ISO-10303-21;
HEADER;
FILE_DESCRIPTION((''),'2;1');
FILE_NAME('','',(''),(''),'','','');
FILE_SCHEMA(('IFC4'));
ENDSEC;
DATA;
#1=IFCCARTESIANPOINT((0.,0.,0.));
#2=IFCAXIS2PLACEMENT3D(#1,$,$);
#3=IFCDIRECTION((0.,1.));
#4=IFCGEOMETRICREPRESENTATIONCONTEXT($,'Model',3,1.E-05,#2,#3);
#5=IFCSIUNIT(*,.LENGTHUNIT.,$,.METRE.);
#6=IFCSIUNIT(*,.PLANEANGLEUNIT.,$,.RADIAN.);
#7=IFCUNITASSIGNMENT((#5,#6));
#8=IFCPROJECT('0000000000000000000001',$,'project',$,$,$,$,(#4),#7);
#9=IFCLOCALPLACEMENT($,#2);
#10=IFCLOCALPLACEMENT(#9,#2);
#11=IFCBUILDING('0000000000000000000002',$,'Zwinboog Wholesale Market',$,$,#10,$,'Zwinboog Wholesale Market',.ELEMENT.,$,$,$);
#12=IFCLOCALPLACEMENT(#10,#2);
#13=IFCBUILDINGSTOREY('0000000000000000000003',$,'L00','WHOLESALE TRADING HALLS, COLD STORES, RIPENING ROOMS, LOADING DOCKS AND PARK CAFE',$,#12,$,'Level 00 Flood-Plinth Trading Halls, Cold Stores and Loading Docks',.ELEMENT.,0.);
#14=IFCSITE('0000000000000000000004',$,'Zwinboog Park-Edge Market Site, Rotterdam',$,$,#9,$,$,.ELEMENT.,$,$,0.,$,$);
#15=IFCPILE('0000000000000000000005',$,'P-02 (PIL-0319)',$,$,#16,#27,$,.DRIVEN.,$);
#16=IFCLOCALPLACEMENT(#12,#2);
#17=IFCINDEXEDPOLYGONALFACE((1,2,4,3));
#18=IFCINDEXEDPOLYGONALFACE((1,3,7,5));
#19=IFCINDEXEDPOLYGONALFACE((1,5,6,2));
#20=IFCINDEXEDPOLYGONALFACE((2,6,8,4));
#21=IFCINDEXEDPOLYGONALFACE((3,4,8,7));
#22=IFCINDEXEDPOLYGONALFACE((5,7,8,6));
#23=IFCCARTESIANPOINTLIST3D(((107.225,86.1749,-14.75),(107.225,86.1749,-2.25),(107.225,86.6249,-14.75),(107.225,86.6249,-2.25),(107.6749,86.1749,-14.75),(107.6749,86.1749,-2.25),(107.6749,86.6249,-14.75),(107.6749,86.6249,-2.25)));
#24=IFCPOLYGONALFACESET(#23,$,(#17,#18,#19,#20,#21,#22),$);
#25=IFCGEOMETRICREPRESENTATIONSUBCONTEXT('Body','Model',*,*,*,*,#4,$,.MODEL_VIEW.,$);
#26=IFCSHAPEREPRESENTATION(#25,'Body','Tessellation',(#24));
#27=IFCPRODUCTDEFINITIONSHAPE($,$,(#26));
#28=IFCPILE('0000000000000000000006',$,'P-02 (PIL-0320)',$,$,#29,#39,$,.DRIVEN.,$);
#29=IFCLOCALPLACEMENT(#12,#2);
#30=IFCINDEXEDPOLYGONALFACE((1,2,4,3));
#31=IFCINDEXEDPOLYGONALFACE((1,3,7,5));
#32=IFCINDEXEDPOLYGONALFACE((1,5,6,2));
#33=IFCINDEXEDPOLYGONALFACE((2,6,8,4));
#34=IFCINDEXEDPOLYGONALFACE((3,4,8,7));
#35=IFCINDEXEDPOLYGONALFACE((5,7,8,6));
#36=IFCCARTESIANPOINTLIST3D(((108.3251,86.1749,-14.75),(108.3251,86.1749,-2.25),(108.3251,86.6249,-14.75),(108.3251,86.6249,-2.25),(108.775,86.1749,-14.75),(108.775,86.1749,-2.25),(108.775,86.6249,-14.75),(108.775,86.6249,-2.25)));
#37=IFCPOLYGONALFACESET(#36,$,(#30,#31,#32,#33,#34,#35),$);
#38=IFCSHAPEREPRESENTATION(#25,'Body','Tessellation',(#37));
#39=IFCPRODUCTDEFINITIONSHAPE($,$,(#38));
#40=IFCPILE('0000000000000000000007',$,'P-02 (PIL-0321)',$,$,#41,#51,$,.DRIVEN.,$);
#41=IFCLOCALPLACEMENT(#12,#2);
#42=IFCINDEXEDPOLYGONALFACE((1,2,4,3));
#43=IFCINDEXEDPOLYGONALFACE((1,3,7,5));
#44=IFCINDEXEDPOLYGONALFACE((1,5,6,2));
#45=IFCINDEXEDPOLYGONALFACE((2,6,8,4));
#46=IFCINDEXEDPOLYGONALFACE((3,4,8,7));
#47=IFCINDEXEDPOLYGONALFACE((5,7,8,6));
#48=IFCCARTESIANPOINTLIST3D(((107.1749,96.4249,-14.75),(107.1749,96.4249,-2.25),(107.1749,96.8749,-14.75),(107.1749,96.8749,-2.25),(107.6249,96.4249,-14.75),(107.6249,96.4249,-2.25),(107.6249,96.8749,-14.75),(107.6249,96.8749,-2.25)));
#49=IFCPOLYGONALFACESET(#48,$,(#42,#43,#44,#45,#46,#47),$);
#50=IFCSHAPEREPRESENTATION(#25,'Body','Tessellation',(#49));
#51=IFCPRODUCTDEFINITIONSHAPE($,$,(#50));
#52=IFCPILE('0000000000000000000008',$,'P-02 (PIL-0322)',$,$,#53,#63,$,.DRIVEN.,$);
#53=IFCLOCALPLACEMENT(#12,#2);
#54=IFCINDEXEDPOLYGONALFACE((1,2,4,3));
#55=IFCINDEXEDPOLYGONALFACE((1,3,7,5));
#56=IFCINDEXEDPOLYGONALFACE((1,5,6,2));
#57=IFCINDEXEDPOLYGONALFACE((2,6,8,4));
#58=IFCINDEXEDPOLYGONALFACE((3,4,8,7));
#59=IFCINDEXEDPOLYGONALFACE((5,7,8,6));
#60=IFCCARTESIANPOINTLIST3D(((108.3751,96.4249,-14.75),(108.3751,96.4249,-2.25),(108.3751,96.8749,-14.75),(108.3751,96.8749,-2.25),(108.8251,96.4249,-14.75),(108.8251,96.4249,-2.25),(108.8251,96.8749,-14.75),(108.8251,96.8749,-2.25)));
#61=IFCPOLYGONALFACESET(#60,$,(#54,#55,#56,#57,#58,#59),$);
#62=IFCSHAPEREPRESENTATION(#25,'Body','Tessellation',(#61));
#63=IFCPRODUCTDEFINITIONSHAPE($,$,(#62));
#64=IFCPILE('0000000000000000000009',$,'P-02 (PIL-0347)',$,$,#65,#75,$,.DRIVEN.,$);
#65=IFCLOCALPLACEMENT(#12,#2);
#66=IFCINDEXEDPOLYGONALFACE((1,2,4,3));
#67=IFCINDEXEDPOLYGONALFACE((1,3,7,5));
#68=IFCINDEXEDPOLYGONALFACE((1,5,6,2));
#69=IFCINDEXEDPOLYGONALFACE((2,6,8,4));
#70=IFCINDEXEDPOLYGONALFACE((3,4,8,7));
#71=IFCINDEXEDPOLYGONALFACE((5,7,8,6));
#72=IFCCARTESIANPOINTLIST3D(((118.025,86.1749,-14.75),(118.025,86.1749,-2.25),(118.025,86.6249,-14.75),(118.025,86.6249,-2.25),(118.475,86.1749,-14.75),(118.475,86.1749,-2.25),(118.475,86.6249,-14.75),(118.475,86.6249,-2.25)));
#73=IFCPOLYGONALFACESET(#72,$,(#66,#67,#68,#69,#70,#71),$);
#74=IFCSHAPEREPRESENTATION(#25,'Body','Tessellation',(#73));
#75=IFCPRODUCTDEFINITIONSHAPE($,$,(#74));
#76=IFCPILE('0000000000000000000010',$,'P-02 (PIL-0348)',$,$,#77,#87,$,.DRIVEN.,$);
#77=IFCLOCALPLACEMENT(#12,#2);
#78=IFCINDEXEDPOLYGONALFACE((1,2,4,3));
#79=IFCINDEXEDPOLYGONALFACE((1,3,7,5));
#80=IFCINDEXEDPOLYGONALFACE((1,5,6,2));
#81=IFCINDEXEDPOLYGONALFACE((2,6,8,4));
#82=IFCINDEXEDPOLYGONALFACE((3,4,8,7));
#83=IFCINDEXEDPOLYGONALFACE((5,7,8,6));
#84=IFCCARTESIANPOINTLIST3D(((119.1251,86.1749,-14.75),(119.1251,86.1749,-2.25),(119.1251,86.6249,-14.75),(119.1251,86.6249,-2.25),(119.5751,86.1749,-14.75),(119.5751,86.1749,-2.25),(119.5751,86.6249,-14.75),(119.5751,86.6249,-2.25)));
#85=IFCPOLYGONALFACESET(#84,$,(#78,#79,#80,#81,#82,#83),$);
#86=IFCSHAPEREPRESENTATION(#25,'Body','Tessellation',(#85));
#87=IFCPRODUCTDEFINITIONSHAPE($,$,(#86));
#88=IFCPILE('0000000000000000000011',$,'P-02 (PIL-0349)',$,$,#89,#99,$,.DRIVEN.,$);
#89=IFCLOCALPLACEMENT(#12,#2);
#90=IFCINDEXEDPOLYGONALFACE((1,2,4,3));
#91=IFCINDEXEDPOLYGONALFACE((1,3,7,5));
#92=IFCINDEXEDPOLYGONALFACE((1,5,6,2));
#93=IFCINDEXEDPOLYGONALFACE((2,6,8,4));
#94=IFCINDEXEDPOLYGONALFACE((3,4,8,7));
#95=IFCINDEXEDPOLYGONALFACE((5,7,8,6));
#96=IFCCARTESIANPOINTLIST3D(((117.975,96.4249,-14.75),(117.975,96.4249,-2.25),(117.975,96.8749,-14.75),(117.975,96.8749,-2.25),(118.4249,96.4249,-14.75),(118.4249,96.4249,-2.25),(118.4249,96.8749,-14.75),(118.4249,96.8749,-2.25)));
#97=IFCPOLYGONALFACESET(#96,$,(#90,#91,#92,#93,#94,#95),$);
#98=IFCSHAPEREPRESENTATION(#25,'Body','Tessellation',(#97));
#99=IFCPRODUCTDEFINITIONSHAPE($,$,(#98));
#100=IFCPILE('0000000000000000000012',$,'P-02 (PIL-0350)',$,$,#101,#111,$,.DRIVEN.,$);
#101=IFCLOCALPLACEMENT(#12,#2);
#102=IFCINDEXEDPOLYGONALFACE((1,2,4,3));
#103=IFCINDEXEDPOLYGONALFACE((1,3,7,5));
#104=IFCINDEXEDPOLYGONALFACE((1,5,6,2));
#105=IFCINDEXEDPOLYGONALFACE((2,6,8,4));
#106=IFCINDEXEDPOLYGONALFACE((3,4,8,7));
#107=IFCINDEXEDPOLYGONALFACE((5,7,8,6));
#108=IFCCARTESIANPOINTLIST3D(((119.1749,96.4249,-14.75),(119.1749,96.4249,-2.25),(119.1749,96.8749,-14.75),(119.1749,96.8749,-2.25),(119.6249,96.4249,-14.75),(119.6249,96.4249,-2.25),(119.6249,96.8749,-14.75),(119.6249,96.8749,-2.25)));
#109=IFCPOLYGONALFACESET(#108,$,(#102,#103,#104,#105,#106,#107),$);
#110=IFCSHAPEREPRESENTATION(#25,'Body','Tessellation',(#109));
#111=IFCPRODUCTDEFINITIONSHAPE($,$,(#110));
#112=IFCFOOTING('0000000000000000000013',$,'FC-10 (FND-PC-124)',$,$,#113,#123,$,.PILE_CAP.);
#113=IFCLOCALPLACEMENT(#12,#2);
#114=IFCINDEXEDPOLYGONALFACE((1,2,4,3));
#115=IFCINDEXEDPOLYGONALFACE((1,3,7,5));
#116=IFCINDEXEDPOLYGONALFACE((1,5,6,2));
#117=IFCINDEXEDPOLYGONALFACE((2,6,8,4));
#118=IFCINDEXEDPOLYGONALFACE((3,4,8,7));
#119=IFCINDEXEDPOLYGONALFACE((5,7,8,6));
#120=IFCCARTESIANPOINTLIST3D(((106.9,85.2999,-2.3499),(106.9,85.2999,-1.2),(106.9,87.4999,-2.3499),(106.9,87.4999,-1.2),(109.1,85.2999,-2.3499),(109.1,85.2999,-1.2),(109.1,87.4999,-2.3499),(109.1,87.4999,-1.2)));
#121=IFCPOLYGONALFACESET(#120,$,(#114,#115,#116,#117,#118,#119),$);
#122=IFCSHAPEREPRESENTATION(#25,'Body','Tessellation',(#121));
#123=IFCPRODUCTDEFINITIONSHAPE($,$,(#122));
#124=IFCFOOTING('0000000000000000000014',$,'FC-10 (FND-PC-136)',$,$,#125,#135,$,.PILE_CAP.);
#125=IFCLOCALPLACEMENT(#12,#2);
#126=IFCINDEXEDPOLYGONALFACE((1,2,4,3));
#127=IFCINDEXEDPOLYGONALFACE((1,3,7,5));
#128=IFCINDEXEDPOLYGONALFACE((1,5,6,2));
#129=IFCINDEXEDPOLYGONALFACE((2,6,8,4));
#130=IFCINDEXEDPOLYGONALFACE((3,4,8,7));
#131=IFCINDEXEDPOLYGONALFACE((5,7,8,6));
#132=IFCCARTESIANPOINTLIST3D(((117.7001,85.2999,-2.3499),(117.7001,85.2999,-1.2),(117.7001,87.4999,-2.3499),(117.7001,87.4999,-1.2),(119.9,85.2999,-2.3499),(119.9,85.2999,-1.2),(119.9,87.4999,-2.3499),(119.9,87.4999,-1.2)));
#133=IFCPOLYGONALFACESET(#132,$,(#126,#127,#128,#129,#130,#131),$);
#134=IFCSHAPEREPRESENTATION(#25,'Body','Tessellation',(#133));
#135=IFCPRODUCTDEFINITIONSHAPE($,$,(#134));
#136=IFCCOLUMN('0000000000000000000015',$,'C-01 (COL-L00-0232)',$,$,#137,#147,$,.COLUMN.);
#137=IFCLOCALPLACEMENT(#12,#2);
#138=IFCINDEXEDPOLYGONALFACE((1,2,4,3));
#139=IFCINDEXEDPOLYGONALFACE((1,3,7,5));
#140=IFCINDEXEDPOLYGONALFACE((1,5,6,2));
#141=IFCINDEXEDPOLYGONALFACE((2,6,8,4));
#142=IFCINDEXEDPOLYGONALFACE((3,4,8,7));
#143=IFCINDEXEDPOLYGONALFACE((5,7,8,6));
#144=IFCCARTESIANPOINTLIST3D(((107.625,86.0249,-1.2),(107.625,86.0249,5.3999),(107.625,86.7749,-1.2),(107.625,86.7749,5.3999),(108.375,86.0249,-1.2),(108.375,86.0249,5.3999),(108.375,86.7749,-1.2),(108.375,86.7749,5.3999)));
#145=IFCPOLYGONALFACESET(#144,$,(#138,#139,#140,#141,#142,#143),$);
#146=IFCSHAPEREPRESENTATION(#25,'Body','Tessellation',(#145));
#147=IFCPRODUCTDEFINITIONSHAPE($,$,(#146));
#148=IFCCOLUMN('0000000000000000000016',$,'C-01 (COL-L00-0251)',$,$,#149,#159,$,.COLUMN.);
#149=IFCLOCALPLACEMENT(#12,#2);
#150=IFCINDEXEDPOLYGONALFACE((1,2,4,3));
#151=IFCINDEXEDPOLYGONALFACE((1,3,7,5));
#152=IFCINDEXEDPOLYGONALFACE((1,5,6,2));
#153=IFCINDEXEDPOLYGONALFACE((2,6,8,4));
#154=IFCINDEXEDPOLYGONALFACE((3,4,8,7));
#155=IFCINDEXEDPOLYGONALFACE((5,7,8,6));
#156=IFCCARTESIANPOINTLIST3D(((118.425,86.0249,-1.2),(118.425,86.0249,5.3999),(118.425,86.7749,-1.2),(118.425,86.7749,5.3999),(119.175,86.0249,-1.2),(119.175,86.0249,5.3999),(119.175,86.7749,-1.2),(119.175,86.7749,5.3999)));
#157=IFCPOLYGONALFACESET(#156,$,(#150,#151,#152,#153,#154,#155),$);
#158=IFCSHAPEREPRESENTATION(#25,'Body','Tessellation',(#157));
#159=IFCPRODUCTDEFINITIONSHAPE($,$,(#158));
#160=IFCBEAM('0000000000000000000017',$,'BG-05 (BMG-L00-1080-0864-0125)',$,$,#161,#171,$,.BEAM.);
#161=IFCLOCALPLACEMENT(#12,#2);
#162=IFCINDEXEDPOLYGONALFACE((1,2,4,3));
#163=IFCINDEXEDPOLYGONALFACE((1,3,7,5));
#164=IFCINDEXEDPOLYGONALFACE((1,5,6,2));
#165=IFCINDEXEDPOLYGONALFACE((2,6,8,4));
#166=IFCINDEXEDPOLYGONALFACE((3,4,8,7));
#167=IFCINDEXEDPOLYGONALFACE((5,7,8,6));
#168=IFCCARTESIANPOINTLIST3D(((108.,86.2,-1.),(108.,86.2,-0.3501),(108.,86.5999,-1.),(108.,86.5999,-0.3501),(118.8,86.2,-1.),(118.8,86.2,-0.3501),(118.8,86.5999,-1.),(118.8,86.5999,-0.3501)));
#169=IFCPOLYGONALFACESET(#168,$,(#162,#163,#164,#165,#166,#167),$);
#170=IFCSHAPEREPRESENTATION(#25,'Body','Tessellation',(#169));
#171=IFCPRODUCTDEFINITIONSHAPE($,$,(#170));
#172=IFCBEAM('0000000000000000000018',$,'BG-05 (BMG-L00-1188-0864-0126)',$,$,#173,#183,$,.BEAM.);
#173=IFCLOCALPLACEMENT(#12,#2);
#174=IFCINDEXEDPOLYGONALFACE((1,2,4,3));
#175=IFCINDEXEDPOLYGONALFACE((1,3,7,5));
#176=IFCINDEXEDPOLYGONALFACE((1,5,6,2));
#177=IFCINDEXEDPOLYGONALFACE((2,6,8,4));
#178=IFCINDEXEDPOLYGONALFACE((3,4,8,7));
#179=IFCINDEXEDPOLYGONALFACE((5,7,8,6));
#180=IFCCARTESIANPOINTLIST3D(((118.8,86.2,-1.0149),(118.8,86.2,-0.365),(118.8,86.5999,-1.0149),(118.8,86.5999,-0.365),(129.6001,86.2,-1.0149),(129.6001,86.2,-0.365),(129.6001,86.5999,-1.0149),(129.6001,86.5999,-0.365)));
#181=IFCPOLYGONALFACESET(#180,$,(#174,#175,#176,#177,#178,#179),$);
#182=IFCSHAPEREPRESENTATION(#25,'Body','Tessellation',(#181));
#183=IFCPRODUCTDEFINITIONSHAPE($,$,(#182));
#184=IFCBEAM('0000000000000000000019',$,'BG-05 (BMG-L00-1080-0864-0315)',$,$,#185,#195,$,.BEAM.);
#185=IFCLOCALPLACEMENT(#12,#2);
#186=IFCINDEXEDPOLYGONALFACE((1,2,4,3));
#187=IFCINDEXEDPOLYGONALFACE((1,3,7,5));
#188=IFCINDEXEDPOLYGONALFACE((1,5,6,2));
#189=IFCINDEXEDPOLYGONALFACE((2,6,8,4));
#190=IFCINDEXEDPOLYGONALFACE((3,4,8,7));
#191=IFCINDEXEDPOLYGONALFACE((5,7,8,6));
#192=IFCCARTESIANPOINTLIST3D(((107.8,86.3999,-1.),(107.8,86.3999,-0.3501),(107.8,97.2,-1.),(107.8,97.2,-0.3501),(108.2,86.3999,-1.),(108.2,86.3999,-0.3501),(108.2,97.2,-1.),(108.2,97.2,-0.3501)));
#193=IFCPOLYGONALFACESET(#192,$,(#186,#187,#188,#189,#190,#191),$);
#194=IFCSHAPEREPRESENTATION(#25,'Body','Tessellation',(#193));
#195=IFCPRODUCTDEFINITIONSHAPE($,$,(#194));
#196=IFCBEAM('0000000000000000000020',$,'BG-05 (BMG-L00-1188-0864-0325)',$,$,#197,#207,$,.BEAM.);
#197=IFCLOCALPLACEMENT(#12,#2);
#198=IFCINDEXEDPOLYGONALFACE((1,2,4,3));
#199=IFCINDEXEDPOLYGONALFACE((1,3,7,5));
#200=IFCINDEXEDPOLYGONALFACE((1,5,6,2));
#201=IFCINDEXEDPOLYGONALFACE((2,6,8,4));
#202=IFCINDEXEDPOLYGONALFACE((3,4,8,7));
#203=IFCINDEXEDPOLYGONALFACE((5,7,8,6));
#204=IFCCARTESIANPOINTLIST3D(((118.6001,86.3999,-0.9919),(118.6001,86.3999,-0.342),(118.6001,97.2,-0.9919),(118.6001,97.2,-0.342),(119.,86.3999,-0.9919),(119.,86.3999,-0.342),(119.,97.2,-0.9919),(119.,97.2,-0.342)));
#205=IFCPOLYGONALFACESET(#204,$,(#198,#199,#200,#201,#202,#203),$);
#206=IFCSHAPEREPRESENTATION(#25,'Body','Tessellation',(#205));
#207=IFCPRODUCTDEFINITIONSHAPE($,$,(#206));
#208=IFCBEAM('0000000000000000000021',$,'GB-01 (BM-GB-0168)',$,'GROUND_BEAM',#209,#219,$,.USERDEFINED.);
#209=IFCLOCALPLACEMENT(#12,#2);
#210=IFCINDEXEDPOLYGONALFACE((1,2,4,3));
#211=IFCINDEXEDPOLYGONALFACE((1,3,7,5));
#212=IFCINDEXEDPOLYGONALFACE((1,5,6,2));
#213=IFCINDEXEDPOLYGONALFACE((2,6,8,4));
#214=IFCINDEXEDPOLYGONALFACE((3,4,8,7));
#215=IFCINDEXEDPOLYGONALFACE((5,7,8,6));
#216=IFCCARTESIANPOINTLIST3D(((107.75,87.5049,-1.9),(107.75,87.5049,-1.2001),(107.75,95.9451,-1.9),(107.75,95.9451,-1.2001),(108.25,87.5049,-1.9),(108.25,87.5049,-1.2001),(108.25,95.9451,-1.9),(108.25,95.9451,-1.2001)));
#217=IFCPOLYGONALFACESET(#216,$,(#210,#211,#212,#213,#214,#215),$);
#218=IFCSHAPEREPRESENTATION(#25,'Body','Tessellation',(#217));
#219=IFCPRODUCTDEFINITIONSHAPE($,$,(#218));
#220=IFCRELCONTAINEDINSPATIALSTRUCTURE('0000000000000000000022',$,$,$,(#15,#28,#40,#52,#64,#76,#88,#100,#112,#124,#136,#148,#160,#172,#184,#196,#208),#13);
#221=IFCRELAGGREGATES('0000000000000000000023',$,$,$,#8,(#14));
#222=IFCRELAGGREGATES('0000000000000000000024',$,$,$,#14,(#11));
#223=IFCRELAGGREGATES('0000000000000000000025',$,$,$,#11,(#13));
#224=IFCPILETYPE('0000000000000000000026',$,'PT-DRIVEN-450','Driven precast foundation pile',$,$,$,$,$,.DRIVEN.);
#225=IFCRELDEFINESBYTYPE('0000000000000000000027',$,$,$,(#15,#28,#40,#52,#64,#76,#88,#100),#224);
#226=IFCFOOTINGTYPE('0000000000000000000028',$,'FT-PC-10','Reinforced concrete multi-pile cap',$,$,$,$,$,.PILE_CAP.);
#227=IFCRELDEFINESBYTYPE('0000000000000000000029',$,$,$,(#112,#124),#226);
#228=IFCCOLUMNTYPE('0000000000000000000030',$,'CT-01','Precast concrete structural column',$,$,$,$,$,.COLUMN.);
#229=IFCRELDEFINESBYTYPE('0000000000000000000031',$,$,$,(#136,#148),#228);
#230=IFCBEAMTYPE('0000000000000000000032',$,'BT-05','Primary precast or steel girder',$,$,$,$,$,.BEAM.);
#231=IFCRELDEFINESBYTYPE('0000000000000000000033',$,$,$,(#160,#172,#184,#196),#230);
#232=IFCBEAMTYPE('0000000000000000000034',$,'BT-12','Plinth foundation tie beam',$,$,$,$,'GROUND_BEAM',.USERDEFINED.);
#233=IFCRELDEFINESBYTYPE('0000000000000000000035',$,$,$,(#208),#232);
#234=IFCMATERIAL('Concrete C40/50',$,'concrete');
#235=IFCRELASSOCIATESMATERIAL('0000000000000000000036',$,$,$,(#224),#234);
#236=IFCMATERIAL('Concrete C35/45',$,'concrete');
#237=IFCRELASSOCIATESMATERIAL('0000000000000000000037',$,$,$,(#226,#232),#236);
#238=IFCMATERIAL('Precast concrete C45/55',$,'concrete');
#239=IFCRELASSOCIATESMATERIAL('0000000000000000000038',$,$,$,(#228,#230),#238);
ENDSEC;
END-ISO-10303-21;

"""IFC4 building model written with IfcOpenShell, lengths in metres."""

from ifc_helpers import new_model, si_unit, direction, frame, origin, origin_2d, place, context, subcontext, project, spatial, rectangle, extrude, material, material_profile, profile_set, type_object, element, save


model = new_model("IFC4")

# Units and contexts
model_context = context("Model", 3, precision=1e-05, world=origin(), true_north=direction((0.0, 1.0)))
body_context = subcontext(model_context, "Body", "Model", "MODEL_VIEW")
ifc_project = project(units=[si_unit("LENGTHUNIT", "METRE"), si_unit("PLANEANGLEUNIT", "RADIAN")], contexts=[model_context])

# Site, building, storey
site_placement = place(None, origin())
site = spatial("IfcSite", under=ifc_project, at=site_placement, Name="Zwinboog Park-Edge Market Site, Rotterdam", CompositionType="ELEMENT", RefElevation=0.0)
building_placement = place(site_placement, origin())
building = spatial("IfcBuilding", under=site, at=building_placement, Name="Zwinboog Wholesale Market", LongName="Zwinboog Wholesale Market", CompositionType="ELEMENT")
storey_placement = place(building_placement, origin())
storey = spatial("IfcBuildingStorey", under=building, at=storey_placement, Name="L00", Description="WHOLESALE TRADING HALLS, COLD STORES, RIPENING ROOMS, LOADING DOCKS AND PARK CAFE", LongName="Level 00 Flood-Plinth Trading Halls, Cold Stores and Loading Docks", CompositionType="ELEMENT", Elevation=0.0)

# Piles
ifc_material_1 = material(Name="Concrete C40/50", Category="concrete")
ifc_material_profile_1 = material_profile(ifc_material_1, rectangle(XDim=0.45, YDim=0.45, at=origin_2d()), Name="PILE SQ450")
ifc_profile_set_1 = profile_set([ifc_material_profile_1], Name="Concrete C40/50")
pile_type = type_object("IfcPileType", Name="PT-DRIVEN-450", Description="Driven precast foundation pile", PredefinedType="DRIVEN", material=ifc_profile_set_1)
for number, where, z_axis, x_axis, name in (
    (1, (107.45, 86.3999, -2.25), (0.0, 0.0, -1.0), (1.0, 0.0, 0.0), "P-02 (PIL-0319)"),
    (2, (108.55, 86.3999, -2.25), (0.0, 0.0, -1.0), (1.0, 0.0, 0.0), "P-02 (PIL-0320)"),
    (3, (107.3999, 96.6499, -2.25), (0.0, 0.0, -1.0), (1.0, 0.0, 0.0), "P-02 (PIL-0321)"),
    (4, (108.6001, 96.6499, -2.25), (0.0, 0.0, -1.0), (1.0, 0.0, 0.0), "P-02 (PIL-0322)"),
    (5, (118.25, 86.3999, -2.25), (0.0, 0.0, -1.0), (1.0, 0.0, 0.0), "P-02 (PIL-0347)"),
    (6, (119.3501, 86.3999, -2.25), (0.0, 0.0, -1.0), (1.0, 0.0, 0.0), "P-02 (PIL-0348)"),
    (7, (118.2, 96.6499, -2.25), (0.0, 0.0, -1.0), (1.0, 0.0, 0.0), "P-02 (PIL-0349)"),
    (8, (119.3999, 96.6499, -2.25), (0.0, 0.0, -1.0), (1.0, 0.0, 0.0), "P-02 (PIL-0350)"),
):
    element("IfcPile", number, at=place(storey_placement, frame(where, z_axis=z_axis, x_axis=x_axis)), inside=storey, type_object=pile_type, Name=name, PredefinedType="DRIVEN", context=body_context, shape_type="SweptSolid", body=[
        extrude(rectangle(XDim=0.45, YDim=0.45, at=origin_2d()), origin(), (0.0, 0.0, 1.0), 12.5),
    ])

# Footings
ifc_material_2 = material(Name="Concrete C35/45", Category="concrete")
footing_type = type_object("IfcFootingType", Name="FT-PC-10", Description="Reinforced concrete multi-pile cap", PredefinedType="PILE_CAP", material=ifc_material_2)
for number, where, z_axis, x_axis, name in (
    (9, (108.0, 86.3999, -2.3499), (0.0, 0.0, 1.0), (1.0, 0.0, 0.0), "FC-10 (FND-PC-124)"),
    (10, (118.8, 86.3999, -2.3499), (0.0, 0.0, 1.0), (1.0, 0.0, 0.0), "FC-10 (FND-PC-136)"),
):
    element("IfcFooting", number, at=place(storey_placement, frame(where, z_axis=z_axis, x_axis=x_axis)), inside=storey, type_object=footing_type, Name=name, PredefinedType="PILE_CAP", context=body_context, shape_type="SweptSolid", body=[
        extrude(rectangle(XDim=2.2, YDim=2.2, at=origin_2d()), origin(), (0.0, 0.0, 1.0), 1.1499),
    ])

# Columns
ifc_material_3 = material(Name="Precast concrete C45/55", Category="concrete")
ifc_material_profile_2 = material_profile(ifc_material_3, rectangle(XDim=0.75, YDim=0.75, at=origin_2d()), Name="PC 750x750")
ifc_profile_set_2 = profile_set([ifc_material_profile_2], Name="Precast concrete C45/55")
column_type = type_object("IfcColumnType", Name="CT-01", Description="Precast concrete structural column", PredefinedType="COLUMN", material=ifc_profile_set_2)
for number, where, z_axis, x_axis, name in (
    (11, (108.0, 86.3999, -1.2), (0.0, 0.0, 1.0), (1.0, 0.0, 0.0), "C-01 (COL-L00-0232)"),
    (12, (118.8, 86.3999, -1.2), (0.0, 0.0, 1.0), (1.0, 0.0, 0.0), "C-01 (COL-L00-0251)"),
):
    element("IfcColumn", number, at=place(storey_placement, frame(where, z_axis=z_axis, x_axis=x_axis)), inside=storey, type_object=column_type, Name=name, PredefinedType="COLUMN", context=body_context, shape_type="SweptSolid", body=[
        extrude(rectangle(XDim=0.75, YDim=0.75, at=origin_2d()), origin(), (0.0, 0.0, 1.0), 6.5999),
    ])

# Beams
ifc_material_profile_3 = material_profile(ifc_material_3, rectangle(XDim=0.3999, YDim=0.6499, at=origin_2d()), Name="PC 400x650")
ifc_profile_set_3 = profile_set([ifc_material_profile_3], Name="Precast concrete C45/55")
beam_type_1 = type_object("IfcBeamType", Name="BT-05", Description="Primary precast or steel girder", PredefinedType="BEAM", material=ifc_profile_set_3)
for number, where, z_axis, x_axis, name in (
    (13, (108.0, 86.3999, -0.675), (1.0, 0.0, 0.0), (0.0, 1.0, 0.0), "BG-05 (BMG-L00-1080-0864-0125)"),
    (14, (118.8, 86.3999, -0.6899), (1.0, 0.0, 0.0), (0.0, 1.0, 0.0), "BG-05 (BMG-L00-1188-0864-0126)"),
    (15, (108.0, 86.3999, -0.675), (0.0, 1.0, 0.0), (-1.0, 0.0, 0.0), "BG-05 (BMG-L00-1080-0864-0315)"),
    (16, (118.8, 86.3999, -0.667), (0.0, 1.0, 0.0), (-1.0, 0.0, 0.0), "BG-05 (BMG-L00-1188-0864-0325)"),
):
    element("IfcBeam", number, at=place(storey_placement, frame(where, z_axis=z_axis, x_axis=x_axis)), inside=storey, type_object=beam_type_1, Name=name, PredefinedType="BEAM", context=body_context, shape_type="SweptSolid", body=[
        extrude(rectangle(XDim=0.3999, YDim=0.6499, at=origin_2d()), origin(), (0.0, 0.0, 1.0), 10.8),
    ])
ifc_material_profile_4 = material_profile(ifc_material_2, rectangle(XDim=0.5, YDim=0.7, at=origin_2d()), Name="RC 500x700")
ifc_profile_set_4 = profile_set([ifc_material_profile_4], Name="Concrete C35/45")
beam_type_2 = type_object("IfcBeamType", Name="BT-12", Description="Plinth foundation tie beam", ElementType="GROUND_BEAM", PredefinedType="USERDEFINED", material=ifc_profile_set_4)
beam_placement = place(storey_placement, frame((108.0, 87.5049, -1.55), z_axis=(0.0, 1.0, 0.0), x_axis=(-1.0, 0.0, 0.0)))
element("IfcBeam", 17, at=beam_placement, inside=storey, type_object=beam_type_2, Name="GB-01 (BM-GB-0168)", ObjectType="GROUND_BEAM", PredefinedType="USERDEFINED", context=body_context, shape_type="SweptSolid", body=[
    extrude(rectangle(XDim=0.5, YDim=0.7, at=origin_2d()), origin(), (0.0, 0.0, 1.0), 8.4402),
])

save(model, "model.ifc")
